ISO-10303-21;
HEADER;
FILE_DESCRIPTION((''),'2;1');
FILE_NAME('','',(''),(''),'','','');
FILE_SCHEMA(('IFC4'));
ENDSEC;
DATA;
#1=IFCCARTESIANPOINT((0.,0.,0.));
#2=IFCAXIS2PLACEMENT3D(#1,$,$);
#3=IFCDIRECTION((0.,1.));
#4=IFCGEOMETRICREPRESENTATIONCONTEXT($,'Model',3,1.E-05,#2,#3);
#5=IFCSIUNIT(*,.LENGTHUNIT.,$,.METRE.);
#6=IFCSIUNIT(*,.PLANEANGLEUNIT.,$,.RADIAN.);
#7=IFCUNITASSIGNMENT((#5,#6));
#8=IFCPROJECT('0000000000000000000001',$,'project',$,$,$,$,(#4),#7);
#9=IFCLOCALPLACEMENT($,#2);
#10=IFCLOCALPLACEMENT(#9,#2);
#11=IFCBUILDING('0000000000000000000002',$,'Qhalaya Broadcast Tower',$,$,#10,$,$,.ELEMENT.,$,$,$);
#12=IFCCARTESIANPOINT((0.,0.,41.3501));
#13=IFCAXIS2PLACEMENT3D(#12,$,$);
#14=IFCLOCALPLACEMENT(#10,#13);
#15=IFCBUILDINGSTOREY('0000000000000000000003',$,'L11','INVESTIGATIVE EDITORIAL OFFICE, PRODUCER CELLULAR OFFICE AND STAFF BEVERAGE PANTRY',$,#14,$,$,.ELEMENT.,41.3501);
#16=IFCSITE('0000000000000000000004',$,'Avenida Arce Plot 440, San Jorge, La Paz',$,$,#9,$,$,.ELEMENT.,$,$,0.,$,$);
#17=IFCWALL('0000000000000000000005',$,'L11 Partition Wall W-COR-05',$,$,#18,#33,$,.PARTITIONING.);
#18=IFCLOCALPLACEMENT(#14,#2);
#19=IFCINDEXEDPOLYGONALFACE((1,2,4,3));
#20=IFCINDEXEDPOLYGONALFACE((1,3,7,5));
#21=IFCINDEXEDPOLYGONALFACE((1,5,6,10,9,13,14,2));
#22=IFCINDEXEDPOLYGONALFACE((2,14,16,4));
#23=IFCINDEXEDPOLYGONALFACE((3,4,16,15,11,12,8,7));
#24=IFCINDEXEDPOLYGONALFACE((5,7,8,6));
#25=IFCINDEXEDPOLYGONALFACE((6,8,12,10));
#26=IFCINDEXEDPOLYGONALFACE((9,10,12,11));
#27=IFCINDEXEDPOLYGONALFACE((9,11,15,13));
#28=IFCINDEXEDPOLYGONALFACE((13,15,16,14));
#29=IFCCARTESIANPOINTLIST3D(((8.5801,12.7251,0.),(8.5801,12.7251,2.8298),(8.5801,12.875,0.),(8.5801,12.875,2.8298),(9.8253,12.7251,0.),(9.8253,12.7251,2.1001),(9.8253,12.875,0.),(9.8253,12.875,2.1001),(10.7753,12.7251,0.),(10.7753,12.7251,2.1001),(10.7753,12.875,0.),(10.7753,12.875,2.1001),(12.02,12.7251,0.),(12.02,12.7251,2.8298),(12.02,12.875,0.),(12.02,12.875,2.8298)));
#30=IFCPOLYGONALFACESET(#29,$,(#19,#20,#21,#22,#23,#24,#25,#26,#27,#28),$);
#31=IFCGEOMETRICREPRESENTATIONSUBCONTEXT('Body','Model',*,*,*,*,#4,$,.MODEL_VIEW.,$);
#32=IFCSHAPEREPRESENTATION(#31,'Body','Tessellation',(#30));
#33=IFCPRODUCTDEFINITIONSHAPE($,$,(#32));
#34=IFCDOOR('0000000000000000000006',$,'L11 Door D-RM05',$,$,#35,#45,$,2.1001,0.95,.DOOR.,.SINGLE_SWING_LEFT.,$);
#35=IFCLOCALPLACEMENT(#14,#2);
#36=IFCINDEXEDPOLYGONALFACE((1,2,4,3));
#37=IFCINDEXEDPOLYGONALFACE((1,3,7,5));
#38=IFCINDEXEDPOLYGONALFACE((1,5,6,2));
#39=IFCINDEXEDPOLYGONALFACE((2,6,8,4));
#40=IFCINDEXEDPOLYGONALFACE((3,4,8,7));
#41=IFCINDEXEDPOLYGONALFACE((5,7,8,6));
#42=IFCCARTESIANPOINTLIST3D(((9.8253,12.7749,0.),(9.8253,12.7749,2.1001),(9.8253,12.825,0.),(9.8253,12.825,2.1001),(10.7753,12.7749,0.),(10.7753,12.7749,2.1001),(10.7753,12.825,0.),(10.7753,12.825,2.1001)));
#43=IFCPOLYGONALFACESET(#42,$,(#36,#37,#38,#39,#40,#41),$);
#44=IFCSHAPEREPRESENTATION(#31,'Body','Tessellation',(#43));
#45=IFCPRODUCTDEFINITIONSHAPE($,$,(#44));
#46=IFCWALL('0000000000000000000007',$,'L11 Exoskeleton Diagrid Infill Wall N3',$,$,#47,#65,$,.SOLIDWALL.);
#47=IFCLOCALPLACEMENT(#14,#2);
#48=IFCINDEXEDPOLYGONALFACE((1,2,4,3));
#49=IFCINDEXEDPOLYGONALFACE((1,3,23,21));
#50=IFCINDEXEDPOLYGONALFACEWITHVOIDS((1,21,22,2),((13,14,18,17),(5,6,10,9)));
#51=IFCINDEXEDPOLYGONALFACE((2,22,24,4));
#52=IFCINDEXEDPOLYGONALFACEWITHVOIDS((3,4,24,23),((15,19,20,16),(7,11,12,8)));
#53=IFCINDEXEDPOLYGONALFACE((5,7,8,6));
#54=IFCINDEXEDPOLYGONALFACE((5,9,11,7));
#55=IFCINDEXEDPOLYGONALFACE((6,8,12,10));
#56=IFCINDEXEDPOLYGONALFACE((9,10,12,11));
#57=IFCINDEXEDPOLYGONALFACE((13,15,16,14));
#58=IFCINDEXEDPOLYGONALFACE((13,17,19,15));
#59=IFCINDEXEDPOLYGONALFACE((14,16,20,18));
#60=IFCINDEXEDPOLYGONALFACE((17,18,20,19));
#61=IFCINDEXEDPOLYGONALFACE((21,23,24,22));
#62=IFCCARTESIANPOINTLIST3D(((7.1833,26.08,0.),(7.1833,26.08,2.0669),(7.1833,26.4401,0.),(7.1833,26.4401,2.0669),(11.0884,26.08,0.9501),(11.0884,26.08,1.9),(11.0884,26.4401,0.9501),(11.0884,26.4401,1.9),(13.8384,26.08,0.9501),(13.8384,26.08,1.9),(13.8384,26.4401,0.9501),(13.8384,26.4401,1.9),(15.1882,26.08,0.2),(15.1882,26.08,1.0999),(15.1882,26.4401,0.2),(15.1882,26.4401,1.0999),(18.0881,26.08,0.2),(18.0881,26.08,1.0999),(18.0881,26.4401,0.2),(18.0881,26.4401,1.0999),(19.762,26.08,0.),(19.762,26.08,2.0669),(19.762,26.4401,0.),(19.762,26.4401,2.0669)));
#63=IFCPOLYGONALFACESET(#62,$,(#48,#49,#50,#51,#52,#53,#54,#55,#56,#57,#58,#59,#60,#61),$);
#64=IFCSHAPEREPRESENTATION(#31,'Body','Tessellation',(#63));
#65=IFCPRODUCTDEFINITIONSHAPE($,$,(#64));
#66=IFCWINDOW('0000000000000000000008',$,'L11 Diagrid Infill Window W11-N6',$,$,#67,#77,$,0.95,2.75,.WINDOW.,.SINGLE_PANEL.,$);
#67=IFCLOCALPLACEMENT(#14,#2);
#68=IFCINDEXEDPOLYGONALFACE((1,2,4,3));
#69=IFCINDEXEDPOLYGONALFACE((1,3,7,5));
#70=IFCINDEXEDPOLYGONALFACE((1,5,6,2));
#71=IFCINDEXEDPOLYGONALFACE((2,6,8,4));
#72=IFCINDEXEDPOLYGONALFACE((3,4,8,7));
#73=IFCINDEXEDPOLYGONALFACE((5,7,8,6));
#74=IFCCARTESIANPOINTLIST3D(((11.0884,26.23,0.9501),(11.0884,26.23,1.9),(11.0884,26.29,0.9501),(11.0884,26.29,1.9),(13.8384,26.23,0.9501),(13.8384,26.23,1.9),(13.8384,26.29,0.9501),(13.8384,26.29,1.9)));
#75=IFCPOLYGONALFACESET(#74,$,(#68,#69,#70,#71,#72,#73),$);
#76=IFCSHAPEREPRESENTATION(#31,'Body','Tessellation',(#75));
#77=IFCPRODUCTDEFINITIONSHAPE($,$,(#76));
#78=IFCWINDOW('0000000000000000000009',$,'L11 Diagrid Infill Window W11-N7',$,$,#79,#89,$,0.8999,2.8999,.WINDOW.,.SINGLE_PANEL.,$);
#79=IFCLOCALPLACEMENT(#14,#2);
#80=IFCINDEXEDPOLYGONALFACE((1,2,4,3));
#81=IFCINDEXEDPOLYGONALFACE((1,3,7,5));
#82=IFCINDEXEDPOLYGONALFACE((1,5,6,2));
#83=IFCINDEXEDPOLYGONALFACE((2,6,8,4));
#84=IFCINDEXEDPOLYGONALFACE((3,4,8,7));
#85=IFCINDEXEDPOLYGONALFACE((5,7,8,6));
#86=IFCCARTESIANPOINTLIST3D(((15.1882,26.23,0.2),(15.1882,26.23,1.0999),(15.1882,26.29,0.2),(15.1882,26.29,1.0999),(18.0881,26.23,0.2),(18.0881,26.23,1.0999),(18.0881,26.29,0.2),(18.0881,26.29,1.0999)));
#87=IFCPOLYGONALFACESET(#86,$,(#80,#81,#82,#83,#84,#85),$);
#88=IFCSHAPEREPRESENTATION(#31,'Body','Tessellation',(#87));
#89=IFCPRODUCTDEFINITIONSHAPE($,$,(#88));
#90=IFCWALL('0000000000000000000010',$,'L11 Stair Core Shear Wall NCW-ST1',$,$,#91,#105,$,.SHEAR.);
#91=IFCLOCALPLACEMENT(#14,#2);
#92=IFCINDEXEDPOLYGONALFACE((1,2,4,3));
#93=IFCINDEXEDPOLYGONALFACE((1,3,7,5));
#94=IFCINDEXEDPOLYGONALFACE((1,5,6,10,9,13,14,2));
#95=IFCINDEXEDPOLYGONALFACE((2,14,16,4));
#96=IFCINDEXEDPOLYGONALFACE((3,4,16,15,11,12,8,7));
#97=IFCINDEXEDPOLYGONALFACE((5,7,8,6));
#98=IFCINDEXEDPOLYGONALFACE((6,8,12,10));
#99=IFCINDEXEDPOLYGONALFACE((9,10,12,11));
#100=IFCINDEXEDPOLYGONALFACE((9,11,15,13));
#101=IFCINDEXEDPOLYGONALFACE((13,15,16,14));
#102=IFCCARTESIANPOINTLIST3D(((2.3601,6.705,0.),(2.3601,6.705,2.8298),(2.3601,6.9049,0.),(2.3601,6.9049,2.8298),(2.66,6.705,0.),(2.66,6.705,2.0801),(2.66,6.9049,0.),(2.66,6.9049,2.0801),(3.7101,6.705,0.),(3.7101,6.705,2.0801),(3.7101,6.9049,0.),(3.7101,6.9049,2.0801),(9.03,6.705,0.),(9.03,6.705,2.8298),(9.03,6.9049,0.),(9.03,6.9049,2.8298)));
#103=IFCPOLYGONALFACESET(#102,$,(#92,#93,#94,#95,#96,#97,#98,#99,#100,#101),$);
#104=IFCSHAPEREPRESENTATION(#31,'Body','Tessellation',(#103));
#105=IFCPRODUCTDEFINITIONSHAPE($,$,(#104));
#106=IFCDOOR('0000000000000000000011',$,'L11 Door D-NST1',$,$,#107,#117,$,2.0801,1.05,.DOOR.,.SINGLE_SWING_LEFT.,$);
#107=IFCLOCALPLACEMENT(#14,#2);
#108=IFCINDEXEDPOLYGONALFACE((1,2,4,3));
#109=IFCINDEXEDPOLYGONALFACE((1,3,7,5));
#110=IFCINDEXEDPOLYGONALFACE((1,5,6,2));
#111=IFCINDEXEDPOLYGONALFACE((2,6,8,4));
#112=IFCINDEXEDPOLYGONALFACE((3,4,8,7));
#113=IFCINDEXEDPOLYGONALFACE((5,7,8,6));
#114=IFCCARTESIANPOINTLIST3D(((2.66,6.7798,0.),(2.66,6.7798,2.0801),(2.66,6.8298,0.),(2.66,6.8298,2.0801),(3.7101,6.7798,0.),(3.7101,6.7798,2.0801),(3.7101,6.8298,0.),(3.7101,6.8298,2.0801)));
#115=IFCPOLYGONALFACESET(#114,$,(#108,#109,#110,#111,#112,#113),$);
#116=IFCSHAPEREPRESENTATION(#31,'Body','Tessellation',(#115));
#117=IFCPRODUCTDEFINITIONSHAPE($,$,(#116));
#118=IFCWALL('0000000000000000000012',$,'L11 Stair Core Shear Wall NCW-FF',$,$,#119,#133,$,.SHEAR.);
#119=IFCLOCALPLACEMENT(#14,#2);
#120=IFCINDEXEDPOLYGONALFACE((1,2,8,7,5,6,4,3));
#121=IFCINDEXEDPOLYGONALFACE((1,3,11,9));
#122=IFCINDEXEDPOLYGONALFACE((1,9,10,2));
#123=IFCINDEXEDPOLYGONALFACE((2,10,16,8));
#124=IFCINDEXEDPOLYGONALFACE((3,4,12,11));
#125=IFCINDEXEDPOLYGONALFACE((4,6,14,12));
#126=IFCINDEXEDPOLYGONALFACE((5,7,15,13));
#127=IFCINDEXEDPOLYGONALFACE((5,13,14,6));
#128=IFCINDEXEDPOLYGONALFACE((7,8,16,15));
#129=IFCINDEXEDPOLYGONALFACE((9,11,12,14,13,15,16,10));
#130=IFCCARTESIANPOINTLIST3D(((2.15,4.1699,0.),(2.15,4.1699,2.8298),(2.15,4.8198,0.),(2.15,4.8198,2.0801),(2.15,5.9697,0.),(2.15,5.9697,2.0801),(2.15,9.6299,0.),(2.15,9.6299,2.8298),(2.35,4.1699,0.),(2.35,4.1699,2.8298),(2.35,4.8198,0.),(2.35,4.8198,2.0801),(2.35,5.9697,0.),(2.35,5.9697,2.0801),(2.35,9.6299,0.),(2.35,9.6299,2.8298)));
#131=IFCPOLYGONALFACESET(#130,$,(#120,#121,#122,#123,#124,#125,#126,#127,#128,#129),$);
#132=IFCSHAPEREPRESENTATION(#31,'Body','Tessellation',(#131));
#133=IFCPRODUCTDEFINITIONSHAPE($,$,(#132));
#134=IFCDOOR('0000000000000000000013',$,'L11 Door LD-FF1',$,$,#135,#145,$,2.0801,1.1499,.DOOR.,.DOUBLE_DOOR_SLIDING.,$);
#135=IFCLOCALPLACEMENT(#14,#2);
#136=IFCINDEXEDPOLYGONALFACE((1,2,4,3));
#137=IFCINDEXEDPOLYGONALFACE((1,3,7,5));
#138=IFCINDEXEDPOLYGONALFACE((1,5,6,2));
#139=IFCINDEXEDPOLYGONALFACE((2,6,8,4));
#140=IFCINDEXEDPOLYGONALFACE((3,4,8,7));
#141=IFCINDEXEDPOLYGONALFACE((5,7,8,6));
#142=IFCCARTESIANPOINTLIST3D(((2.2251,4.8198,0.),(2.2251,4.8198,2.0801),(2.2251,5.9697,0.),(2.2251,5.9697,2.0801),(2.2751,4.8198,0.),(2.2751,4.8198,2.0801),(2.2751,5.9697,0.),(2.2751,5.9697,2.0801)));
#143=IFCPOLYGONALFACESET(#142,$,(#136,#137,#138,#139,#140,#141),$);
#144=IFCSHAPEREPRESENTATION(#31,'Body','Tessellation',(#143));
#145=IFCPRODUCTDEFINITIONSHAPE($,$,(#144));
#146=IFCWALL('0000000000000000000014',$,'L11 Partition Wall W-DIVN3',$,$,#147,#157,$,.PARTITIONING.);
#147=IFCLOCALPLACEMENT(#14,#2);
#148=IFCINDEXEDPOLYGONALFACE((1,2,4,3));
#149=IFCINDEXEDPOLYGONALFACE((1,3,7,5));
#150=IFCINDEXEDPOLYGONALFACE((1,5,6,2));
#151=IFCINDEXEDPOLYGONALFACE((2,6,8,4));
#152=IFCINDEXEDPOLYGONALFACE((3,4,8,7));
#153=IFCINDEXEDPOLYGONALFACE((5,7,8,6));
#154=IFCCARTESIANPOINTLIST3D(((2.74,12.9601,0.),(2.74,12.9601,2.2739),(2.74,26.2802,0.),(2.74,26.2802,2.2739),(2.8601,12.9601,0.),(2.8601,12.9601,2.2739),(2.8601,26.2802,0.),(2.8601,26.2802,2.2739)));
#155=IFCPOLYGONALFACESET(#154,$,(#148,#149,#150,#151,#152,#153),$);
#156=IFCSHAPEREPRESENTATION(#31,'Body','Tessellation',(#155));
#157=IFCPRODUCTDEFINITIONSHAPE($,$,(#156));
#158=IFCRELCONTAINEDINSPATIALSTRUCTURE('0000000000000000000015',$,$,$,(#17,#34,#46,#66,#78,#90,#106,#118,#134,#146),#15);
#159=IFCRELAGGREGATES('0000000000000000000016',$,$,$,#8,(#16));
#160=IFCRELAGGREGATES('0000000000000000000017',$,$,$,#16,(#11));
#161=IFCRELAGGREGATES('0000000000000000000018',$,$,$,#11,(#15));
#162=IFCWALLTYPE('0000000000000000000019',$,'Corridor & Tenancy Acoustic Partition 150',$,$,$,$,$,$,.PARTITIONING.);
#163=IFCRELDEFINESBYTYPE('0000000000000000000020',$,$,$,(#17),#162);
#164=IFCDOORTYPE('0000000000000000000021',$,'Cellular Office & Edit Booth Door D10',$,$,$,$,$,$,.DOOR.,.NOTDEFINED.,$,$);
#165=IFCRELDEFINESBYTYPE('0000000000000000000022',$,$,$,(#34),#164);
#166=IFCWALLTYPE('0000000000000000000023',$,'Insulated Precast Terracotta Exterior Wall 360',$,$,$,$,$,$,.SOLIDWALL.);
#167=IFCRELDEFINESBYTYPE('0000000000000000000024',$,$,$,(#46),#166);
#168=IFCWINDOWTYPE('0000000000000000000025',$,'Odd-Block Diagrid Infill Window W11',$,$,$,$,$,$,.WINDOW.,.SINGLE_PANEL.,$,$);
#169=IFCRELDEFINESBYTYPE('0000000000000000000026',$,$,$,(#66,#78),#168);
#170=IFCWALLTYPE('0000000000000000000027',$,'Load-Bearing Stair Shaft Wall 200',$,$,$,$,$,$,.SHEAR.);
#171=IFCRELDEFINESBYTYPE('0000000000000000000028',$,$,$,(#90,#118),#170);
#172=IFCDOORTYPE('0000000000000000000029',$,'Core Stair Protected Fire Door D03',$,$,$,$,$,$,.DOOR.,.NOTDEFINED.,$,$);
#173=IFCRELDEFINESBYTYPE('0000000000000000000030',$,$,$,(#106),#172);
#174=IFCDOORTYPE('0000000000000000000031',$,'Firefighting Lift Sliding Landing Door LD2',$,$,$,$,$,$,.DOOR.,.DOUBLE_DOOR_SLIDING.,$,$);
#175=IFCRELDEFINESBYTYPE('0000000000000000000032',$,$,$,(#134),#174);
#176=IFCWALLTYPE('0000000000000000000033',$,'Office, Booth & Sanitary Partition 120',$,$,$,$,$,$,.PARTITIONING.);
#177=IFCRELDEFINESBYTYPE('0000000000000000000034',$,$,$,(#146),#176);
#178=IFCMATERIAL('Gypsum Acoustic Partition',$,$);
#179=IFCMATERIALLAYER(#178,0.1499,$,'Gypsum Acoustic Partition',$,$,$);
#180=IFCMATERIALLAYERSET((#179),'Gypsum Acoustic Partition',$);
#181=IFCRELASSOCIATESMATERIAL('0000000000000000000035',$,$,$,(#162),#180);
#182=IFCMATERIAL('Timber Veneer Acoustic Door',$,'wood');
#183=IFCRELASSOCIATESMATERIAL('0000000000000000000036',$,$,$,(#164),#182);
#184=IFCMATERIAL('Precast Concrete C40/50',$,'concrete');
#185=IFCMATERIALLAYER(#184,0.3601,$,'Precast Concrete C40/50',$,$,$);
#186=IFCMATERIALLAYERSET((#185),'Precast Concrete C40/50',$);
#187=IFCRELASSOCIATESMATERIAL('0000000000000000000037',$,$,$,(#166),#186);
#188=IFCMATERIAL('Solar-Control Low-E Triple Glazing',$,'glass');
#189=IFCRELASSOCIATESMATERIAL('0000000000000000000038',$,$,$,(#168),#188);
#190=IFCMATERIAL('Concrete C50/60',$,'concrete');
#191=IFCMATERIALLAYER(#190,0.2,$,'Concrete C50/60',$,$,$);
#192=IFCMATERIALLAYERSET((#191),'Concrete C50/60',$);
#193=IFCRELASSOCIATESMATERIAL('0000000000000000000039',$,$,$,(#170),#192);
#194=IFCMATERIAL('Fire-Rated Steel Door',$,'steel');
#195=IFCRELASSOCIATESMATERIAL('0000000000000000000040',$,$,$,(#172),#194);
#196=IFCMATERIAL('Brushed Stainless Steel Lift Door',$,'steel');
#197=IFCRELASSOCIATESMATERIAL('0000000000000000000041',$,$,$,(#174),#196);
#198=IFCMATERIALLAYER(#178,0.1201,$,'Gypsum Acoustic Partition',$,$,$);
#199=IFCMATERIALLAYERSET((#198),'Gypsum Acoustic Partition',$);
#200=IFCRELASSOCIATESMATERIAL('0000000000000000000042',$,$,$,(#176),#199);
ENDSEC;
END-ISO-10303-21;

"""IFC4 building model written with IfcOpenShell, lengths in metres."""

from ifc_helpers import new_model, si_unit, direction, frame, frame_2d, origin, place, context, subcontext, project, spatial, rectangle, extrude, material, layer, layer_set, type_object, element, fill, save


model = new_model("IFC4")

# Units and contexts
model_context = context("Model", 3, precision=1e-05, world=origin(), true_north=direction((0.0, 1.0)))
body_context = subcontext(model_context, "Body", "Model", "MODEL_VIEW")
ifc_project = project(units=[si_unit("LENGTHUNIT", "METRE"), si_unit("PLANEANGLEUNIT", "RADIAN")], contexts=[model_context])

# Site, building, storey
site_placement = place(None, origin())
site = spatial("IfcSite", under=ifc_project, at=site_placement, Name="Avenida Arce Plot 440, San Jorge, La Paz", CompositionType="ELEMENT", RefElevation=0.0)
building_placement = place(site_placement, origin())
building = spatial("IfcBuilding", under=site, at=building_placement, Name="Qhalaya Broadcast Tower", CompositionType="ELEMENT")
storey_placement = place(building_placement, frame((0.0, 0.0, 41.3501)))
storey = spatial("IfcBuildingStorey", under=building, at=storey_placement, Name="L11", Description="INVESTIGATIVE EDITORIAL OFFICE, PRODUCER CELLULAR OFFICE AND STAFF BEVERAGE PANTRY", CompositionType="ELEMENT", Elevation=41.3501)

# Shared definitions
ifc_material_1 = material(Name="Concrete C50/60", Category="concrete")

# Wall, opening, door
ifc_material_2 = material(Name="Gypsum Acoustic Partition")
ifc_layer_1 = layer(ifc_material_2, 0.1499, Name="Gypsum Acoustic Partition")
ifc_layer_set_1 = layer_set([ifc_layer_1], Name="Gypsum Acoustic Partition")
wall_type_1 = type_object("IfcWallType", Name="Corridor & Tenancy Acoustic Partition 150", PredefinedType="PARTITIONING", material=ifc_layer_set_1)
ifc_material_3 = material(Name="Timber Veneer Acoustic Door", Category="wood")
door_type_1 = type_object("IfcDoorType", Name="Cellular Office & Edit Booth Door D10", OperationType="NOTDEFINED", PredefinedType="DOOR", material=ifc_material_3)
wall_1_placement = place(storey_placement, frame((8.5801, 12.8, 0.0), z_axis=(0.0, 0.0, 1.0), x_axis=(1.0, 0.0, 0.0)))
wall_1 = element("IfcWall", 1, at=wall_1_placement, inside=storey, type_object=wall_type_1, Name="L11 Partition Wall W-COR-05", PredefinedType="PARTITIONING", context=body_context, shape_type="SweptSolid", body=[
    extrude(rectangle(XDim=3.4399, YDim=0.1499, at=frame_2d((1.72, 0.0))), origin(), (0.0, 0.0, 1.0), 2.8298),
])
opening_1_placement = place(wall_1_placement, frame((1.2451, 0.0, 0.0)))
opening_1 = element("IfcOpeningElement", 2, at=opening_1_placement, cuts=wall_1, PredefinedType="OPENING", context=body_context, shape_type="SweptSolid", body=[
    extrude(rectangle(XDim=0.95, YDim=2.1001, at=frame_2d((0.4751, 1.05))), frame((0.0, 0.0869, 0.0), z_axis=(0.0, -1.0, 0.0), x_axis=(1.0, 0.0, 0.0)), (0.0, 0.0, 1.0), 0.1738),
])
door_1_placement = place(opening_1_placement, origin())
door_1 = element("IfcDoor", 3, at=door_1_placement, inside=storey, type_object=door_type_1, Name="L11 Door D-RM05", OperationType="SINGLE_SWING_LEFT", OverallHeight=2.1001, OverallWidth=0.95, PredefinedType="DOOR", context=body_context, shape_type="SweptSolid", body=[
    extrude(rectangle(XDim=0.95, YDim=2.1001, at=frame_2d((0.4751, 1.05))), frame((0.0, 0.0249, 0.0), z_axis=(0.0, -1.0, 0.0), x_axis=(1.0, 0.0, 0.0)), (0.0, 0.0, 1.0), 0.05),
])
fill(opening_1, door_1)

# Wall, openings, windows
ifc_material_4 = material(Name="Precast Concrete C40/50", Category="concrete")
ifc_layer_2 = layer(ifc_material_4, 0.3601, Name="Precast Concrete C40/50")
ifc_layer_set_2 = layer_set([ifc_layer_2], Name="Precast Concrete C40/50")
wall_type_2 = type_object("IfcWallType", Name="Insulated Precast Terracotta Exterior Wall 360", PredefinedType="SOLIDWALL", material=ifc_layer_set_2)
wall_2_placement = place(storey_placement, frame((7.1833, 26.26, 0.0), z_axis=(0.0, 0.0, 1.0), x_axis=(1.0, 0.0, 0.0)))
wall_2 = element("IfcWall", 4, at=wall_2_placement, inside=storey, type_object=wall_type_2, Name="L11 Exoskeleton Diagrid Infill Wall N3", PredefinedType="SOLIDWALL", context=body_context, shape_type="SweptSolid", body=[
    extrude(rectangle(XDim=12.5786, YDim=0.3601, at=frame_2d((6.2893, 0.0))), origin(), (0.0, 0.0, 1.0), 2.0669),
])
opening_2_placement = place(wall_2_placement, frame((3.905, 0.0, 0.95)))
opening_2 = element("IfcOpeningElement", 5, at=opening_2_placement, cuts=wall_2, PredefinedType="OPENING", context=body_context, shape_type="SweptSolid", body=[
    extrude(rectangle(XDim=2.75, YDim=0.95, at=frame_2d((1.375, 0.4751))), frame((0.0, 0.1921, 0.0), z_axis=(0.0, -1.0, 0.0), x_axis=(1.0, 0.0, 0.0)), (0.0, 0.0, 1.0), 0.384),
])
opening_3_placement = place(wall_2_placement, frame((8.0049, 0.0, 0.2)))
opening_3 = element("IfcOpeningElement", 6, at=opening_3_placement, cuts=wall_2, PredefinedType="OPENING", context=body_context, shape_type="SweptSolid", body=[
    extrude(rectangle(XDim=2.8999, YDim=0.8999, at=frame_2d((1.45, 0.45))), frame((0.0, 0.1921, 0.0), z_axis=(0.0, -1.0, 0.0), x_axis=(1.0, 0.0, 0.0)), (0.0, 0.0, 1.0), 0.384),
])
ifc_material_5 = material(Name="Solar-Control Low-E Triple Glazing", Category="glass")
window_type = type_object("IfcWindowType", Name="Odd-Block Diagrid Infill Window W11", PartitioningType="SINGLE_PANEL", PredefinedType="WINDOW", material=ifc_material_5)
window_1_placement = place(opening_2_placement, origin())
window_1 = element("IfcWindow", 7, at=window_1_placement, inside=storey, type_object=window_type, Name="L11 Diagrid Infill Window W11-N6", OverallHeight=0.95, OverallWidth=2.75, PartitioningType="SINGLE_PANEL", PredefinedType="WINDOW", context=body_context, shape_type="SweptSolid", body=[
    extrude(rectangle(XDim=2.75, YDim=0.95, at=frame_2d((1.375, 0.4751))), frame((0.0, 0.03, 0.0), z_axis=(0.0, -1.0, 0.0), x_axis=(1.0, 0.0, 0.0)), (0.0, 0.0, 1.0), 0.0601),
])
fill(opening_2, window_1)
window_2_placement = place(opening_3_placement, origin())
window_2 = element("IfcWindow", 8, at=window_2_placement, inside=storey, type_object=window_type, Name="L11 Diagrid Infill Window W11-N7", OverallHeight=0.8999, OverallWidth=2.8999, PartitioningType="SINGLE_PANEL", PredefinedType="WINDOW", context=body_context, shape_type="SweptSolid", body=[
    extrude(rectangle(XDim=2.8999, YDim=0.8999, at=frame_2d((1.45, 0.45))), frame((0.0, 0.03, 0.0), z_axis=(0.0, -1.0, 0.0), x_axis=(1.0, 0.0, 0.0)), (0.0, 0.0, 1.0), 0.0601),
])
fill(opening_3, window_2)

# Walls, openings, doors
ifc_layer_3 = layer(ifc_material_1, 0.2, Name="Concrete C50/60")
ifc_layer_set_3 = layer_set([ifc_layer_3], Name="Concrete C50/60")
wall_type_3 = type_object("IfcWallType", Name="Load-Bearing Stair Shaft Wall 200", PredefinedType="SHEAR", material=ifc_layer_set_3)
wall_3_placement = place(storey_placement, frame((2.3601, 6.8049, 0.0), z_axis=(0.0, 0.0, 1.0), x_axis=(1.0, 0.0, 0.0)))
wall_3 = element("IfcWall", 9, at=wall_3_placement, inside=storey, type_object=wall_type_3, Name="L11 Stair Core Shear Wall NCW-ST1", PredefinedType="SHEAR", context=body_context, shape_type="SweptSolid", body=[
    extrude(rectangle(XDim=6.6699, YDim=0.2, at=frame_2d((3.335, 0.0))), origin(), (0.0, 0.0, 1.0), 2.8298),
])
opening_4_placement = place(wall_3_placement, frame((0.3, 0.0, 0.0)))
opening_4 = element("IfcOpeningElement", 10, at=opening_4_placement, cuts=wall_3, PredefinedType="OPENING", context=body_context, shape_type="SweptSolid", body=[
    extrude(rectangle(XDim=1.05, YDim=2.0801, at=frame_2d((0.5249, 1.04))), frame((0.0, 0.1121, 0.0), z_axis=(0.0, -1.0, 0.0), x_axis=(1.0, 0.0, 0.0)), (0.0, 0.0, 1.0), 0.2239),
])
ifc_material_6 = material(Name="Fire-Rated Steel Door", Category="steel")
door_type_2 = type_object("IfcDoorType", Name="Core Stair Protected Fire Door D03", OperationType="NOTDEFINED", PredefinedType="DOOR", material=ifc_material_6)
door_2_placement = place(opening_4_placement, origin())
door_2 = element("IfcDoor", 11, at=door_2_placement, inside=storey, type_object=door_type_2, Name="L11 Door D-NST1", OperationType="SINGLE_SWING_LEFT", OverallHeight=2.0801, OverallWidth=1.05, PredefinedType="DOOR", context=body_context, shape_type="SweptSolid", body=[
    extrude(rectangle(XDim=1.05, YDim=2.0801, at=frame_2d((0.5249, 1.04))), frame((0.0, 0.0249, 0.0), z_axis=(0.0, -1.0, 0.0), x_axis=(1.0, 0.0, 0.0)), (0.0, 0.0, 1.0), 0.05),
])
fill(opening_4, door_2)
wall_4_placement = place(storey_placement, frame((2.25, 4.1699, 0.0), z_axis=(0.0, 0.0, 1.0), x_axis=(0.0, 1.0, 0.0)))
wall_4 = element("IfcWall", 12, at=wall_4_placement, inside=storey, type_object=wall_type_3, Name="L11 Stair Core Shear Wall NCW-FF", PredefinedType="SHEAR", context=body_context, shape_type="SweptSolid", body=[
    extrude(rectangle(XDim=5.46, YDim=0.2, at=frame_2d((2.73, 0.0))), origin(), (0.0, 0.0, 1.0), 2.8298),
])
opening_5_placement = place(wall_4_placement, frame((0.6499, 0.0, 0.0)))
opening_5 = element("IfcOpeningElement", 13, at=opening_5_placement, cuts=wall_4, PredefinedType="OPENING", context=body_context, shape_type="SweptSolid", body=[
    extrude(rectangle(XDim=1.1499, YDim=2.0801, at=frame_2d((0.575, 1.04))), frame((0.0, 0.1121, 0.0), z_axis=(0.0, -1.0, 0.0), x_axis=(1.0, 0.0, 0.0)), (0.0, 0.0, 1.0), 0.2239),
])
ifc_material_7 = material(Name="Brushed Stainless Steel Lift Door", Category="steel")
door_type_3 = type_object("IfcDoorType", Name="Firefighting Lift Sliding Landing Door LD2", OperationType="DOUBLE_DOOR_SLIDING", PredefinedType="DOOR", material=ifc_material_7)
door_3_placement = place(opening_5_placement, origin())
door_3 = element("IfcDoor", 14, at=door_3_placement, inside=storey, type_object=door_type_3, Name="L11 Door LD-FF1", OperationType="DOUBLE_DOOR_SLIDING", OverallHeight=2.0801, OverallWidth=1.1499, PredefinedType="DOOR", context=body_context, shape_type="SweptSolid", body=[
    extrude(rectangle(XDim=1.1499, YDim=2.0801, at=frame_2d((0.575, 1.04))), frame((0.0, 0.0249, 0.0), z_axis=(0.0, -1.0, 0.0), x_axis=(1.0, 0.0, 0.0)), (0.0, 0.0, 1.0), 0.05),
])
fill(opening_5, door_3)

# Wall
ifc_layer_4 = layer(ifc_material_2, 0.1201, Name="Gypsum Acoustic Partition")
ifc_layer_set_4 = layer_set([ifc_layer_4], Name="Gypsum Acoustic Partition")
wall_type_4 = type_object("IfcWallType", Name="Office, Booth & Sanitary Partition 120", PredefinedType="PARTITIONING", material=ifc_layer_set_4)
wall_5_placement = place(storey_placement, frame((2.8, 12.96, 0.0), z_axis=(0.0, 0.0, 1.0), x_axis=(0.0, 1.0, 0.0)))
element("IfcWall", 15, at=wall_5_placement, inside=storey, type_object=wall_type_4, Name="L11 Partition Wall W-DIVN3", PredefinedType="PARTITIONING", context=body_context, shape_type="SweptSolid", body=[
    extrude(rectangle(XDim=13.3201, YDim=0.1201, at=frame_2d((6.6602, 0.0))), origin(), (0.0, 0.0, 1.0), 2.2739),
])

save(model, "model.ifc")
